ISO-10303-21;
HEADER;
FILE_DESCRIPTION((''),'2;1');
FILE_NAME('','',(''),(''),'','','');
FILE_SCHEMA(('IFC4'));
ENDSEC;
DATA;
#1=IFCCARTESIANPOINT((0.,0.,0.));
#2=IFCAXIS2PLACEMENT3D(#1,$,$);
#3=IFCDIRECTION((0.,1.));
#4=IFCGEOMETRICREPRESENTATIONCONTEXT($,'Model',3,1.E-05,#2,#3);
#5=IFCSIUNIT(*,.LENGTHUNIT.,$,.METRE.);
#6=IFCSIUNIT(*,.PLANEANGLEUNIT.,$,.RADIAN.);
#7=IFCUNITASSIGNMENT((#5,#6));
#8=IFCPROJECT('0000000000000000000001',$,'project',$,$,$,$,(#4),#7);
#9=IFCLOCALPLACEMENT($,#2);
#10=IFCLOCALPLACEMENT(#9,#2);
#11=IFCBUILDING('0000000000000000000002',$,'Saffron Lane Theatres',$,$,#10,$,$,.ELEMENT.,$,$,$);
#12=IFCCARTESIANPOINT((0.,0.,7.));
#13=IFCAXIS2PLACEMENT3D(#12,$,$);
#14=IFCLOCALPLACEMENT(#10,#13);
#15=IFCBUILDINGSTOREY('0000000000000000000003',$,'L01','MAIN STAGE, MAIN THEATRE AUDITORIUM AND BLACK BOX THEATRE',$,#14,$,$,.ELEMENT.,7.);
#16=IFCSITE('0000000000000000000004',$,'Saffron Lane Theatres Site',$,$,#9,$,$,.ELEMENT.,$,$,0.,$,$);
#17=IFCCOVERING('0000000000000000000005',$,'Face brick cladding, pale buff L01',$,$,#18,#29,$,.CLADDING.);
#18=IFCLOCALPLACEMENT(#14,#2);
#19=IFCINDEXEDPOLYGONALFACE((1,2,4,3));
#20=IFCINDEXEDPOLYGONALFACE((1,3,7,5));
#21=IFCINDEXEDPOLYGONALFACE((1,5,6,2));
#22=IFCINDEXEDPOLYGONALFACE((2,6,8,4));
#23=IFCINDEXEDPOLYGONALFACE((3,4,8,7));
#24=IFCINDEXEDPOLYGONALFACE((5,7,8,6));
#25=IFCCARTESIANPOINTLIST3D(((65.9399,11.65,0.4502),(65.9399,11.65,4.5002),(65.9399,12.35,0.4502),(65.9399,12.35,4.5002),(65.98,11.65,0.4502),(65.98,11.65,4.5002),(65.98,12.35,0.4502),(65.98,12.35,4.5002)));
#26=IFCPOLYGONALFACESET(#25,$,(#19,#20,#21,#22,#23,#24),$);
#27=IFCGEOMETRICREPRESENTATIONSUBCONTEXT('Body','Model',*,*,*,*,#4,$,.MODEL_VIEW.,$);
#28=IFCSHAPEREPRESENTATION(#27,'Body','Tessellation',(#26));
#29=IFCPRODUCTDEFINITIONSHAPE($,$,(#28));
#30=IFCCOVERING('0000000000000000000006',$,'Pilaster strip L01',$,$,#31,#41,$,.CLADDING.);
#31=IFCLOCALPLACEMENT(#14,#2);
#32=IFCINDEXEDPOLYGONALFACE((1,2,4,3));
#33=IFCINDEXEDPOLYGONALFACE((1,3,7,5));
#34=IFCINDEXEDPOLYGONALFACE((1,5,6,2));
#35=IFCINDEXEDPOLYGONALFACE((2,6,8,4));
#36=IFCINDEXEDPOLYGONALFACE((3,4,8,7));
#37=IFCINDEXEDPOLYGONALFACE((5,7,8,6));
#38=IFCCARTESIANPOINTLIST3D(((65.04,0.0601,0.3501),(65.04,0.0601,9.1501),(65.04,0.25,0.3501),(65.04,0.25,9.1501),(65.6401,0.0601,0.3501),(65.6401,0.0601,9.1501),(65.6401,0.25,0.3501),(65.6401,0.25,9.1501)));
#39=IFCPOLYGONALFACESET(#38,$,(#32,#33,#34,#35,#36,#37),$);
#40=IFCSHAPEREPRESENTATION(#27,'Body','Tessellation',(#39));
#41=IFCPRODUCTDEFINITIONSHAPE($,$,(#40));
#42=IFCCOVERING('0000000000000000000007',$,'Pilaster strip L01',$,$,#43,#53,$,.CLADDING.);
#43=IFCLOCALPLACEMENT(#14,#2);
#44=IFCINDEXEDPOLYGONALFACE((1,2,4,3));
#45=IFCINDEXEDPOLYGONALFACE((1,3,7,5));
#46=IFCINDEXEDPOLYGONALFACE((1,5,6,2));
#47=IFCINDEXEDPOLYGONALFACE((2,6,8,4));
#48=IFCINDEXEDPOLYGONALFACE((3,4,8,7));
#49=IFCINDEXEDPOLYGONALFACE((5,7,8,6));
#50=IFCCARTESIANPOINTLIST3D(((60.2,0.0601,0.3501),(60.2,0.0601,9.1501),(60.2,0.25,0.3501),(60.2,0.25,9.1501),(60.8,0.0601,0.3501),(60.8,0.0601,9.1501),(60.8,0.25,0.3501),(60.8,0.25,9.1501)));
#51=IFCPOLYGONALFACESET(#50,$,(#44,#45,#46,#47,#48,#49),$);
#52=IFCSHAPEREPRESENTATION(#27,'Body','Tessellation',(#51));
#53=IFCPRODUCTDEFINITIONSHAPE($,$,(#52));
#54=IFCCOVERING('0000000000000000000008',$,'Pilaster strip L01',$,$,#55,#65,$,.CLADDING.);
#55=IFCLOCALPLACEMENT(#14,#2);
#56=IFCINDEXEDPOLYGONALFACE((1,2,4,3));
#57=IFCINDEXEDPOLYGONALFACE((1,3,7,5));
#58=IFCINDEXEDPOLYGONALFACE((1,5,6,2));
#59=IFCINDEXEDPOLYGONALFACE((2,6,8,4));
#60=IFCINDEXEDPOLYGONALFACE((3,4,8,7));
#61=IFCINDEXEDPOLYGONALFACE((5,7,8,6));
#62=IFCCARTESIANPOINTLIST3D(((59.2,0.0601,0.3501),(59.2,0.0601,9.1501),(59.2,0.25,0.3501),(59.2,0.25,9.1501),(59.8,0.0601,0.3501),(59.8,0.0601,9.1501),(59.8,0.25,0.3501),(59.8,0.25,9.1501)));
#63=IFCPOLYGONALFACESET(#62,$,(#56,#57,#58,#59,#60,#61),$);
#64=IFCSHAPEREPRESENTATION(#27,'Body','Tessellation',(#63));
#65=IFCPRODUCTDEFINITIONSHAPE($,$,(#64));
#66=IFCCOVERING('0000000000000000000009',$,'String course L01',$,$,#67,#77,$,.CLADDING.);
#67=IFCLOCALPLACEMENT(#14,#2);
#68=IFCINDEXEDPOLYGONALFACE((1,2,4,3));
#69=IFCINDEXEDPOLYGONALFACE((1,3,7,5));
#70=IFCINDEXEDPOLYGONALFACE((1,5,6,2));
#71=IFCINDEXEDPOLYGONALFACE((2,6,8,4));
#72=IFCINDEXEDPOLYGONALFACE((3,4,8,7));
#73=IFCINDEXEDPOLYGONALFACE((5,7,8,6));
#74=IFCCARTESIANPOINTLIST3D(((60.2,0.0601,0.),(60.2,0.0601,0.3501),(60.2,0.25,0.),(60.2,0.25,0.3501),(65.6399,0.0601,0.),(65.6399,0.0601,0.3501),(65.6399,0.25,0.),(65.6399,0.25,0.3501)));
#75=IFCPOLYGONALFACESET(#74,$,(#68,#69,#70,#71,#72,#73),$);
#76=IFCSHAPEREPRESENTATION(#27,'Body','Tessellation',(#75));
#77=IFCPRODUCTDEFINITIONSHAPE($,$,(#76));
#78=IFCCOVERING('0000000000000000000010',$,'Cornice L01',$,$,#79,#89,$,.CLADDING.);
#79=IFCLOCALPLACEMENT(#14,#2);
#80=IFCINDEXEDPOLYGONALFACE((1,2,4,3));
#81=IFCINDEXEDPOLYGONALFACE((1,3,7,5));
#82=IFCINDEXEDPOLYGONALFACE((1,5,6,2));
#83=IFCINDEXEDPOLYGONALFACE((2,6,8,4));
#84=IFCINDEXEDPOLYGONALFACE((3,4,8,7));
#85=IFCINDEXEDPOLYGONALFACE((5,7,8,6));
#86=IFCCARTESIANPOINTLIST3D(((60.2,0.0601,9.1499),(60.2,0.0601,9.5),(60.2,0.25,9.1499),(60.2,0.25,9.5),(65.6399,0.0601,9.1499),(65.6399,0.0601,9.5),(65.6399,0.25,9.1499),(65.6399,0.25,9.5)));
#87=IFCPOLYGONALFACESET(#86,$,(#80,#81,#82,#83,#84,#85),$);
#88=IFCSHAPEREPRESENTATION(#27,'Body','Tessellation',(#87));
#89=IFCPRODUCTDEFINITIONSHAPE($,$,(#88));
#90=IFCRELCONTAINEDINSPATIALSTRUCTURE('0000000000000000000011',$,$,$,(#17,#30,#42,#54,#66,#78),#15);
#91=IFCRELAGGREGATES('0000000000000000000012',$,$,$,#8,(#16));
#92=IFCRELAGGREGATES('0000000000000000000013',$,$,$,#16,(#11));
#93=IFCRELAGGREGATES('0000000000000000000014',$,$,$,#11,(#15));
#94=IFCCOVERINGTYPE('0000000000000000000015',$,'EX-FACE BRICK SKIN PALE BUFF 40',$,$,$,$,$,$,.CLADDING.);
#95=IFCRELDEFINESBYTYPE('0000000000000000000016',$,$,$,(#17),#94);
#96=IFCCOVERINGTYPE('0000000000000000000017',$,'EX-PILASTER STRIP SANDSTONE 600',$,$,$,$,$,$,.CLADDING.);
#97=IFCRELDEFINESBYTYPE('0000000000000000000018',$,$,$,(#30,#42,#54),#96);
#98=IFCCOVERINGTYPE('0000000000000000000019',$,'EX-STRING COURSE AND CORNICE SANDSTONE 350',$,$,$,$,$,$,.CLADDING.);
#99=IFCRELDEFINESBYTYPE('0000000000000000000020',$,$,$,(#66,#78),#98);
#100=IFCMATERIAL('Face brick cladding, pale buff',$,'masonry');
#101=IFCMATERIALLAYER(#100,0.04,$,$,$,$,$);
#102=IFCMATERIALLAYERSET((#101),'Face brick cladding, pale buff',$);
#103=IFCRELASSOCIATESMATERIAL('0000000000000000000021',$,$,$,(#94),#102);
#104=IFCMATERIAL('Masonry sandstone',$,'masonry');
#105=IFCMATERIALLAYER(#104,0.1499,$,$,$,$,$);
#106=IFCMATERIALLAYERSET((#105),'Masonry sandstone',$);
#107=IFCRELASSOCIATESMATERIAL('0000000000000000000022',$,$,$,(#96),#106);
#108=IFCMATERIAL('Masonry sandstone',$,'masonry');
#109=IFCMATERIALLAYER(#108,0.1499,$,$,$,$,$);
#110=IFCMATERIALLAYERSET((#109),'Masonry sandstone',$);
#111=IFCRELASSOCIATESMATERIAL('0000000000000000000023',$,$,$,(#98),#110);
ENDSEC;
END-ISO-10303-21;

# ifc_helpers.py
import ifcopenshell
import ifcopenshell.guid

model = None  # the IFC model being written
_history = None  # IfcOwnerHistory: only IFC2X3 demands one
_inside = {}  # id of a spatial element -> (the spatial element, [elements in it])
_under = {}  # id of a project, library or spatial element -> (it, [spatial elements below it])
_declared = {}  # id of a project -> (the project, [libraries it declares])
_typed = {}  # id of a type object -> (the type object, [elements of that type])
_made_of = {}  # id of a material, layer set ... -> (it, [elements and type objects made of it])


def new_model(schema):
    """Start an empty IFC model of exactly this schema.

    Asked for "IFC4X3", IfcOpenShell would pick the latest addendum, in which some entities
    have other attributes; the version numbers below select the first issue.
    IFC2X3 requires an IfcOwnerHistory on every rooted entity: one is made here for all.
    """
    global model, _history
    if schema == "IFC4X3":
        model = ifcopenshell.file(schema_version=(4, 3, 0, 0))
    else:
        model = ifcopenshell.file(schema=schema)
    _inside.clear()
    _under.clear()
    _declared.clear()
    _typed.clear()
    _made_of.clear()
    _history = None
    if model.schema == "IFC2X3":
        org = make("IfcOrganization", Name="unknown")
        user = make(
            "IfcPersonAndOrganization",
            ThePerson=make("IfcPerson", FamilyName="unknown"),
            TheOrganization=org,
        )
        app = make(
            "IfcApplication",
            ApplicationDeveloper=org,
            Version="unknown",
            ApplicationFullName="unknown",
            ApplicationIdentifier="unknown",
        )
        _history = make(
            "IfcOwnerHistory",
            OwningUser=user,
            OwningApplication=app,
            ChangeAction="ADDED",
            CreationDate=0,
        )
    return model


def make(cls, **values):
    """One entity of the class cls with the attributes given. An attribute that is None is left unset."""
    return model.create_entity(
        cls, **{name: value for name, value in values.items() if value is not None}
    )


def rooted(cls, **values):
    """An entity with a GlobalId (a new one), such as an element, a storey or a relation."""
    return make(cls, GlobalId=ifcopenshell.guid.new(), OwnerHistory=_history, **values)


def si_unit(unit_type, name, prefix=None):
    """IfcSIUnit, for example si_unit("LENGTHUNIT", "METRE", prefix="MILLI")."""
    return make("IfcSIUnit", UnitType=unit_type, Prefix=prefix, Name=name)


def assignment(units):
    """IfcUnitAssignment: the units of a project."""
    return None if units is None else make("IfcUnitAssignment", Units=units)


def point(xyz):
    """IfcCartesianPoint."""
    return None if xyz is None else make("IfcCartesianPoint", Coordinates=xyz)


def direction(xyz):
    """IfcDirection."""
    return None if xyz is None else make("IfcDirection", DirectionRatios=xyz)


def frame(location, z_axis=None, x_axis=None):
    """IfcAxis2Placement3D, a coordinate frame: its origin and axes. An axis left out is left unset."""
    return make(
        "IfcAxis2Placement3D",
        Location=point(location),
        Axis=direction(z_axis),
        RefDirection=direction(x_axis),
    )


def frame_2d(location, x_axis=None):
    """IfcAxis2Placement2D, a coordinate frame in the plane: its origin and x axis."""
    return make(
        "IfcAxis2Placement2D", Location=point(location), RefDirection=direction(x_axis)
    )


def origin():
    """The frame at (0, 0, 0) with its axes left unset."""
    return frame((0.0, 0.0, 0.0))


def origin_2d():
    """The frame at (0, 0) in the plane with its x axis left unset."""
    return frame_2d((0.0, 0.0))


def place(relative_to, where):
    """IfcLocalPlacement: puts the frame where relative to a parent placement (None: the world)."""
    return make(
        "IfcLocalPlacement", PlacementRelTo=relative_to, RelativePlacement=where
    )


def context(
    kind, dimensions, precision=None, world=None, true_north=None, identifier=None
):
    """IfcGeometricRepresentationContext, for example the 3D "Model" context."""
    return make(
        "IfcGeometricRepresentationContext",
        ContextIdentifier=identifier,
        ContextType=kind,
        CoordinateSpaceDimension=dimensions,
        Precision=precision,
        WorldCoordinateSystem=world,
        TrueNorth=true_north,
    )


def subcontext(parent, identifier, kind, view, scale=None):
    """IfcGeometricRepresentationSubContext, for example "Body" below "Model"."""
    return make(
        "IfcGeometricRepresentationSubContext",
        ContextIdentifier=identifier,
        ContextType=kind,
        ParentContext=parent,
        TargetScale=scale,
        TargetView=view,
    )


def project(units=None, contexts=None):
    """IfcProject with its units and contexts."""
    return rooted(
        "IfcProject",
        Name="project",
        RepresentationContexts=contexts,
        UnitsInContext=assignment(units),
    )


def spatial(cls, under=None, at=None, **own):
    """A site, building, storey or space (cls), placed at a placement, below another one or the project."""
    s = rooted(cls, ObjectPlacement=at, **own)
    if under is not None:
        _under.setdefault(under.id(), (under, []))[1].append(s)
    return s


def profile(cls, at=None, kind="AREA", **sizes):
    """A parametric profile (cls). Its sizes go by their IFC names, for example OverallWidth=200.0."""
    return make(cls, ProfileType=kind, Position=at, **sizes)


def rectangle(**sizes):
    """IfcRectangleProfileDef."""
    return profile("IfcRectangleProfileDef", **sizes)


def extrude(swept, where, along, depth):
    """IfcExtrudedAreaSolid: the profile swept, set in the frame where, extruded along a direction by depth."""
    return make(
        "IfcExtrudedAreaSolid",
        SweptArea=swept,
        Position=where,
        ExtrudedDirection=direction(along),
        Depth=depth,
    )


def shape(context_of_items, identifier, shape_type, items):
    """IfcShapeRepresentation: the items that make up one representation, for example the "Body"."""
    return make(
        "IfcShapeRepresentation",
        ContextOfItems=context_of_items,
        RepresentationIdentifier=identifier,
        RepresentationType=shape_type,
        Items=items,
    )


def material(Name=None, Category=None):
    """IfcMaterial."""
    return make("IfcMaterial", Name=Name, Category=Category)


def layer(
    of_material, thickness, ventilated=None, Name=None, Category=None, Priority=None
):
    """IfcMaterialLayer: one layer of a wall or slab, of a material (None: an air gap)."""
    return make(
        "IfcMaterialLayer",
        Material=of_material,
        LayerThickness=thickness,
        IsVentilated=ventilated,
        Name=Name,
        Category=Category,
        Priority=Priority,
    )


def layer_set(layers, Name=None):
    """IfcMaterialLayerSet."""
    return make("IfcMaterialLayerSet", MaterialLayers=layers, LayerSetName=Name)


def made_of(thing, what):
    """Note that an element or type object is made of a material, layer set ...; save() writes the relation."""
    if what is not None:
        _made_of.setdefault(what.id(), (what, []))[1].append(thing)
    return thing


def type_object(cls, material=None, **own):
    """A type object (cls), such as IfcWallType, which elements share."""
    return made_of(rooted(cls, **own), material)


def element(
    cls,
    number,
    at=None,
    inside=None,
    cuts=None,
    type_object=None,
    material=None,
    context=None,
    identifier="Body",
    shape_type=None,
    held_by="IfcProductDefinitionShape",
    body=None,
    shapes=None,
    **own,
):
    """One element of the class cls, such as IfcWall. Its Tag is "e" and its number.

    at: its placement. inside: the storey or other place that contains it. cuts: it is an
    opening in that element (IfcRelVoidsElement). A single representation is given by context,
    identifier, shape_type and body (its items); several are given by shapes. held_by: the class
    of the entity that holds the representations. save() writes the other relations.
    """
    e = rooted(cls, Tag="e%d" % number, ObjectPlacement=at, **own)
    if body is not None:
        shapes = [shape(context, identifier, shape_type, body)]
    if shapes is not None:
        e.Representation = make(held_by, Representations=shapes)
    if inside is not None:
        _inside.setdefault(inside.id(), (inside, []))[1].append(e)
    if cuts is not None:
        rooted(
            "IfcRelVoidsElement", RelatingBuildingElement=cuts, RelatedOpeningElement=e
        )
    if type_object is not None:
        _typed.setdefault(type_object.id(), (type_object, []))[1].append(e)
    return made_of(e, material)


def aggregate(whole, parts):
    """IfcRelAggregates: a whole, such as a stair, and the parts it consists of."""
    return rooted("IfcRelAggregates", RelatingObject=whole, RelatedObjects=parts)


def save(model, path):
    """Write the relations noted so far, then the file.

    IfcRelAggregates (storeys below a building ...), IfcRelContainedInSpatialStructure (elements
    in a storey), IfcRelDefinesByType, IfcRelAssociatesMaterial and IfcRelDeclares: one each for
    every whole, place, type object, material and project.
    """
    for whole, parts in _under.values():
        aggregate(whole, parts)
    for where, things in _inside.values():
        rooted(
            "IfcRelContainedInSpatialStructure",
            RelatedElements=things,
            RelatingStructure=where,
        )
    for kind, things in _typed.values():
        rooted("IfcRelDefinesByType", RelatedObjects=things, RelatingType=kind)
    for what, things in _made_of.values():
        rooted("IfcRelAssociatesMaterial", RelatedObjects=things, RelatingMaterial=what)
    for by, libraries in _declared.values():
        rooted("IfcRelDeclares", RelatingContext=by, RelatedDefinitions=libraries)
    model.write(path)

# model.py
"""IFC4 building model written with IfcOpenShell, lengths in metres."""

from ifc_helpers import new_model, si_unit, direction, frame, origin, origin_2d, place, context, subcontext, project, spatial, rectangle, extrude, material, layer, layer_set, type_object, element, save


model = new_model("IFC4")

# Units and contexts
model_context = context("Model", 3, precision=1e-05, world=origin(), true_north=direction((0.0, 1.0)))
body_context = subcontext(model_context, "Body", "Model", "MODEL_VIEW")
ifc_project = project(units=[si_unit("LENGTHUNIT", "METRE"), si_unit("PLANEANGLEUNIT", "RADIAN")], contexts=[model_context])

# Site, building, storey
site_placement = place(None, origin())
site = spatial("IfcSite", under=ifc_project, at=site_placement, Name="Saffron Lane Theatres Site", CompositionType="ELEMENT", RefElevation=0.0)
building_placement = place(site_placement, origin())
building = spatial("IfcBuilding", under=site, at=building_placement, Name="Saffron Lane Theatres", CompositionType="ELEMENT")
storey_placement = place(building_placement, frame((0.0, 0.0, 7.0)))
storey = spatial("IfcBuildingStorey", under=building, at=storey_placement, Name="L01", Description="MAIN STAGE, MAIN THEATRE AUDITORIUM AND BLACK BOX THEATRE", CompositionType="ELEMENT", Elevation=7.0)

# Coverings
ifc_material_1 = material(Name="Face brick cladding, pale buff", Category="masonry")
ifc_layer_1 = layer(ifc_material_1, 0.04)
ifc_layer_set_1 = layer_set([ifc_layer_1], Name="Face brick cladding, pale buff")
covering_type_1 = type_object("IfcCoveringType", Name="EX-FACE BRICK SKIN PALE BUFF 40", PredefinedType="CLADDING", material=ifc_layer_set_1)
for number, where, z_axis, x_axis, name in (
    (1, (65.96, 12.0, 0.4502), (0.0, 0.0, 1.0), (0.0, 1.0, 0.0), "Face brick cladding, pale buff L01"),
):
    element("IfcCovering", number, at=place(storey_placement, frame(where, z_axis=z_axis, x_axis=x_axis)), inside=storey, type_object=covering_type_1, Name=name, PredefinedType="CLADDING", context=body_context, shape_type="SweptSolid", body=[
        extrude(rectangle(XDim=0.7, YDim=0.04, at=origin_2d()), origin(), (0.0, 0.0, 1.0), 4.05),
    ])
ifc_material_2 = material(Name="Masonry sandstone", Category="masonry")
ifc_layer_2 = layer(ifc_material_2, 0.1499)
ifc_layer_set_2 = layer_set([ifc_layer_2], Name="Masonry sandstone")
covering_type_2 = type_object("IfcCoveringType", Name="EX-PILASTER STRIP SANDSTONE 600", PredefinedType="CLADDING", material=ifc_layer_set_2)
for number, where, z_axis, x_axis, name in (
    (2, (65.3401, 0.155, 0.3501), (0.0, 0.0, 1.0), (-1.0, 0.0, 0.0), "Pilaster strip L01"),
    (3, (60.5, 0.155, 0.3501), (0.0, 0.0, 1.0), (-1.0, 0.0, 0.0), "Pilaster strip L01"),
    (4, (59.5, 0.155, 0.3501), (0.0, 0.0, 1.0), (-1.0, 0.0, 0.0), "Pilaster strip L01"),
):
    element("IfcCovering", number, at=place(storey_placement, frame(where, z_axis=z_axis, x_axis=x_axis)), inside=storey, type_object=covering_type_2, Name=name, PredefinedType="CLADDING", context=body_context, shape_type="SweptSolid", body=[
        extrude(rectangle(XDim=0.6001, YDim=0.1899, at=origin_2d()), origin(), (0.0, 0.0, 1.0), 8.8),
    ])
ifc_material_3 = material(Name="Masonry sandstone", Category="masonry")
ifc_layer_3 = layer(ifc_material_3, 0.1499)
ifc_layer_set_3 = layer_set([ifc_layer_3], Name="Masonry sandstone")
covering_type_3 = type_object("IfcCoveringType", Name="EX-STRING COURSE AND CORNICE SANDSTONE 350", PredefinedType="CLADDING", material=ifc_layer_set_3)
for number, where, z_axis, x_axis, name in (
    (5, (62.9199, 0.155, 0.0), (0.0, 0.0, 1.0), (-1.0, 0.0, 0.0), "String course L01"),
    (6, (62.9199, 0.155, 9.1499), (0.0, 0.0, 1.0), (-1.0, 0.0, 0.0), "Cornice L01"),
):
    element("IfcCovering", number, at=place(storey_placement, frame(where, z_axis=z_axis, x_axis=x_axis)), inside=storey, type_object=covering_type_3, Name=name, PredefinedType="CLADDING", context=body_context, shape_type="SweptSolid", body=[
        extrude(rectangle(XDim=5.4399, YDim=0.1899, at=origin_2d()), origin(), (0.0, 0.0, 1.0), 0.3501),
    ])

save(model, "model.ifc")
